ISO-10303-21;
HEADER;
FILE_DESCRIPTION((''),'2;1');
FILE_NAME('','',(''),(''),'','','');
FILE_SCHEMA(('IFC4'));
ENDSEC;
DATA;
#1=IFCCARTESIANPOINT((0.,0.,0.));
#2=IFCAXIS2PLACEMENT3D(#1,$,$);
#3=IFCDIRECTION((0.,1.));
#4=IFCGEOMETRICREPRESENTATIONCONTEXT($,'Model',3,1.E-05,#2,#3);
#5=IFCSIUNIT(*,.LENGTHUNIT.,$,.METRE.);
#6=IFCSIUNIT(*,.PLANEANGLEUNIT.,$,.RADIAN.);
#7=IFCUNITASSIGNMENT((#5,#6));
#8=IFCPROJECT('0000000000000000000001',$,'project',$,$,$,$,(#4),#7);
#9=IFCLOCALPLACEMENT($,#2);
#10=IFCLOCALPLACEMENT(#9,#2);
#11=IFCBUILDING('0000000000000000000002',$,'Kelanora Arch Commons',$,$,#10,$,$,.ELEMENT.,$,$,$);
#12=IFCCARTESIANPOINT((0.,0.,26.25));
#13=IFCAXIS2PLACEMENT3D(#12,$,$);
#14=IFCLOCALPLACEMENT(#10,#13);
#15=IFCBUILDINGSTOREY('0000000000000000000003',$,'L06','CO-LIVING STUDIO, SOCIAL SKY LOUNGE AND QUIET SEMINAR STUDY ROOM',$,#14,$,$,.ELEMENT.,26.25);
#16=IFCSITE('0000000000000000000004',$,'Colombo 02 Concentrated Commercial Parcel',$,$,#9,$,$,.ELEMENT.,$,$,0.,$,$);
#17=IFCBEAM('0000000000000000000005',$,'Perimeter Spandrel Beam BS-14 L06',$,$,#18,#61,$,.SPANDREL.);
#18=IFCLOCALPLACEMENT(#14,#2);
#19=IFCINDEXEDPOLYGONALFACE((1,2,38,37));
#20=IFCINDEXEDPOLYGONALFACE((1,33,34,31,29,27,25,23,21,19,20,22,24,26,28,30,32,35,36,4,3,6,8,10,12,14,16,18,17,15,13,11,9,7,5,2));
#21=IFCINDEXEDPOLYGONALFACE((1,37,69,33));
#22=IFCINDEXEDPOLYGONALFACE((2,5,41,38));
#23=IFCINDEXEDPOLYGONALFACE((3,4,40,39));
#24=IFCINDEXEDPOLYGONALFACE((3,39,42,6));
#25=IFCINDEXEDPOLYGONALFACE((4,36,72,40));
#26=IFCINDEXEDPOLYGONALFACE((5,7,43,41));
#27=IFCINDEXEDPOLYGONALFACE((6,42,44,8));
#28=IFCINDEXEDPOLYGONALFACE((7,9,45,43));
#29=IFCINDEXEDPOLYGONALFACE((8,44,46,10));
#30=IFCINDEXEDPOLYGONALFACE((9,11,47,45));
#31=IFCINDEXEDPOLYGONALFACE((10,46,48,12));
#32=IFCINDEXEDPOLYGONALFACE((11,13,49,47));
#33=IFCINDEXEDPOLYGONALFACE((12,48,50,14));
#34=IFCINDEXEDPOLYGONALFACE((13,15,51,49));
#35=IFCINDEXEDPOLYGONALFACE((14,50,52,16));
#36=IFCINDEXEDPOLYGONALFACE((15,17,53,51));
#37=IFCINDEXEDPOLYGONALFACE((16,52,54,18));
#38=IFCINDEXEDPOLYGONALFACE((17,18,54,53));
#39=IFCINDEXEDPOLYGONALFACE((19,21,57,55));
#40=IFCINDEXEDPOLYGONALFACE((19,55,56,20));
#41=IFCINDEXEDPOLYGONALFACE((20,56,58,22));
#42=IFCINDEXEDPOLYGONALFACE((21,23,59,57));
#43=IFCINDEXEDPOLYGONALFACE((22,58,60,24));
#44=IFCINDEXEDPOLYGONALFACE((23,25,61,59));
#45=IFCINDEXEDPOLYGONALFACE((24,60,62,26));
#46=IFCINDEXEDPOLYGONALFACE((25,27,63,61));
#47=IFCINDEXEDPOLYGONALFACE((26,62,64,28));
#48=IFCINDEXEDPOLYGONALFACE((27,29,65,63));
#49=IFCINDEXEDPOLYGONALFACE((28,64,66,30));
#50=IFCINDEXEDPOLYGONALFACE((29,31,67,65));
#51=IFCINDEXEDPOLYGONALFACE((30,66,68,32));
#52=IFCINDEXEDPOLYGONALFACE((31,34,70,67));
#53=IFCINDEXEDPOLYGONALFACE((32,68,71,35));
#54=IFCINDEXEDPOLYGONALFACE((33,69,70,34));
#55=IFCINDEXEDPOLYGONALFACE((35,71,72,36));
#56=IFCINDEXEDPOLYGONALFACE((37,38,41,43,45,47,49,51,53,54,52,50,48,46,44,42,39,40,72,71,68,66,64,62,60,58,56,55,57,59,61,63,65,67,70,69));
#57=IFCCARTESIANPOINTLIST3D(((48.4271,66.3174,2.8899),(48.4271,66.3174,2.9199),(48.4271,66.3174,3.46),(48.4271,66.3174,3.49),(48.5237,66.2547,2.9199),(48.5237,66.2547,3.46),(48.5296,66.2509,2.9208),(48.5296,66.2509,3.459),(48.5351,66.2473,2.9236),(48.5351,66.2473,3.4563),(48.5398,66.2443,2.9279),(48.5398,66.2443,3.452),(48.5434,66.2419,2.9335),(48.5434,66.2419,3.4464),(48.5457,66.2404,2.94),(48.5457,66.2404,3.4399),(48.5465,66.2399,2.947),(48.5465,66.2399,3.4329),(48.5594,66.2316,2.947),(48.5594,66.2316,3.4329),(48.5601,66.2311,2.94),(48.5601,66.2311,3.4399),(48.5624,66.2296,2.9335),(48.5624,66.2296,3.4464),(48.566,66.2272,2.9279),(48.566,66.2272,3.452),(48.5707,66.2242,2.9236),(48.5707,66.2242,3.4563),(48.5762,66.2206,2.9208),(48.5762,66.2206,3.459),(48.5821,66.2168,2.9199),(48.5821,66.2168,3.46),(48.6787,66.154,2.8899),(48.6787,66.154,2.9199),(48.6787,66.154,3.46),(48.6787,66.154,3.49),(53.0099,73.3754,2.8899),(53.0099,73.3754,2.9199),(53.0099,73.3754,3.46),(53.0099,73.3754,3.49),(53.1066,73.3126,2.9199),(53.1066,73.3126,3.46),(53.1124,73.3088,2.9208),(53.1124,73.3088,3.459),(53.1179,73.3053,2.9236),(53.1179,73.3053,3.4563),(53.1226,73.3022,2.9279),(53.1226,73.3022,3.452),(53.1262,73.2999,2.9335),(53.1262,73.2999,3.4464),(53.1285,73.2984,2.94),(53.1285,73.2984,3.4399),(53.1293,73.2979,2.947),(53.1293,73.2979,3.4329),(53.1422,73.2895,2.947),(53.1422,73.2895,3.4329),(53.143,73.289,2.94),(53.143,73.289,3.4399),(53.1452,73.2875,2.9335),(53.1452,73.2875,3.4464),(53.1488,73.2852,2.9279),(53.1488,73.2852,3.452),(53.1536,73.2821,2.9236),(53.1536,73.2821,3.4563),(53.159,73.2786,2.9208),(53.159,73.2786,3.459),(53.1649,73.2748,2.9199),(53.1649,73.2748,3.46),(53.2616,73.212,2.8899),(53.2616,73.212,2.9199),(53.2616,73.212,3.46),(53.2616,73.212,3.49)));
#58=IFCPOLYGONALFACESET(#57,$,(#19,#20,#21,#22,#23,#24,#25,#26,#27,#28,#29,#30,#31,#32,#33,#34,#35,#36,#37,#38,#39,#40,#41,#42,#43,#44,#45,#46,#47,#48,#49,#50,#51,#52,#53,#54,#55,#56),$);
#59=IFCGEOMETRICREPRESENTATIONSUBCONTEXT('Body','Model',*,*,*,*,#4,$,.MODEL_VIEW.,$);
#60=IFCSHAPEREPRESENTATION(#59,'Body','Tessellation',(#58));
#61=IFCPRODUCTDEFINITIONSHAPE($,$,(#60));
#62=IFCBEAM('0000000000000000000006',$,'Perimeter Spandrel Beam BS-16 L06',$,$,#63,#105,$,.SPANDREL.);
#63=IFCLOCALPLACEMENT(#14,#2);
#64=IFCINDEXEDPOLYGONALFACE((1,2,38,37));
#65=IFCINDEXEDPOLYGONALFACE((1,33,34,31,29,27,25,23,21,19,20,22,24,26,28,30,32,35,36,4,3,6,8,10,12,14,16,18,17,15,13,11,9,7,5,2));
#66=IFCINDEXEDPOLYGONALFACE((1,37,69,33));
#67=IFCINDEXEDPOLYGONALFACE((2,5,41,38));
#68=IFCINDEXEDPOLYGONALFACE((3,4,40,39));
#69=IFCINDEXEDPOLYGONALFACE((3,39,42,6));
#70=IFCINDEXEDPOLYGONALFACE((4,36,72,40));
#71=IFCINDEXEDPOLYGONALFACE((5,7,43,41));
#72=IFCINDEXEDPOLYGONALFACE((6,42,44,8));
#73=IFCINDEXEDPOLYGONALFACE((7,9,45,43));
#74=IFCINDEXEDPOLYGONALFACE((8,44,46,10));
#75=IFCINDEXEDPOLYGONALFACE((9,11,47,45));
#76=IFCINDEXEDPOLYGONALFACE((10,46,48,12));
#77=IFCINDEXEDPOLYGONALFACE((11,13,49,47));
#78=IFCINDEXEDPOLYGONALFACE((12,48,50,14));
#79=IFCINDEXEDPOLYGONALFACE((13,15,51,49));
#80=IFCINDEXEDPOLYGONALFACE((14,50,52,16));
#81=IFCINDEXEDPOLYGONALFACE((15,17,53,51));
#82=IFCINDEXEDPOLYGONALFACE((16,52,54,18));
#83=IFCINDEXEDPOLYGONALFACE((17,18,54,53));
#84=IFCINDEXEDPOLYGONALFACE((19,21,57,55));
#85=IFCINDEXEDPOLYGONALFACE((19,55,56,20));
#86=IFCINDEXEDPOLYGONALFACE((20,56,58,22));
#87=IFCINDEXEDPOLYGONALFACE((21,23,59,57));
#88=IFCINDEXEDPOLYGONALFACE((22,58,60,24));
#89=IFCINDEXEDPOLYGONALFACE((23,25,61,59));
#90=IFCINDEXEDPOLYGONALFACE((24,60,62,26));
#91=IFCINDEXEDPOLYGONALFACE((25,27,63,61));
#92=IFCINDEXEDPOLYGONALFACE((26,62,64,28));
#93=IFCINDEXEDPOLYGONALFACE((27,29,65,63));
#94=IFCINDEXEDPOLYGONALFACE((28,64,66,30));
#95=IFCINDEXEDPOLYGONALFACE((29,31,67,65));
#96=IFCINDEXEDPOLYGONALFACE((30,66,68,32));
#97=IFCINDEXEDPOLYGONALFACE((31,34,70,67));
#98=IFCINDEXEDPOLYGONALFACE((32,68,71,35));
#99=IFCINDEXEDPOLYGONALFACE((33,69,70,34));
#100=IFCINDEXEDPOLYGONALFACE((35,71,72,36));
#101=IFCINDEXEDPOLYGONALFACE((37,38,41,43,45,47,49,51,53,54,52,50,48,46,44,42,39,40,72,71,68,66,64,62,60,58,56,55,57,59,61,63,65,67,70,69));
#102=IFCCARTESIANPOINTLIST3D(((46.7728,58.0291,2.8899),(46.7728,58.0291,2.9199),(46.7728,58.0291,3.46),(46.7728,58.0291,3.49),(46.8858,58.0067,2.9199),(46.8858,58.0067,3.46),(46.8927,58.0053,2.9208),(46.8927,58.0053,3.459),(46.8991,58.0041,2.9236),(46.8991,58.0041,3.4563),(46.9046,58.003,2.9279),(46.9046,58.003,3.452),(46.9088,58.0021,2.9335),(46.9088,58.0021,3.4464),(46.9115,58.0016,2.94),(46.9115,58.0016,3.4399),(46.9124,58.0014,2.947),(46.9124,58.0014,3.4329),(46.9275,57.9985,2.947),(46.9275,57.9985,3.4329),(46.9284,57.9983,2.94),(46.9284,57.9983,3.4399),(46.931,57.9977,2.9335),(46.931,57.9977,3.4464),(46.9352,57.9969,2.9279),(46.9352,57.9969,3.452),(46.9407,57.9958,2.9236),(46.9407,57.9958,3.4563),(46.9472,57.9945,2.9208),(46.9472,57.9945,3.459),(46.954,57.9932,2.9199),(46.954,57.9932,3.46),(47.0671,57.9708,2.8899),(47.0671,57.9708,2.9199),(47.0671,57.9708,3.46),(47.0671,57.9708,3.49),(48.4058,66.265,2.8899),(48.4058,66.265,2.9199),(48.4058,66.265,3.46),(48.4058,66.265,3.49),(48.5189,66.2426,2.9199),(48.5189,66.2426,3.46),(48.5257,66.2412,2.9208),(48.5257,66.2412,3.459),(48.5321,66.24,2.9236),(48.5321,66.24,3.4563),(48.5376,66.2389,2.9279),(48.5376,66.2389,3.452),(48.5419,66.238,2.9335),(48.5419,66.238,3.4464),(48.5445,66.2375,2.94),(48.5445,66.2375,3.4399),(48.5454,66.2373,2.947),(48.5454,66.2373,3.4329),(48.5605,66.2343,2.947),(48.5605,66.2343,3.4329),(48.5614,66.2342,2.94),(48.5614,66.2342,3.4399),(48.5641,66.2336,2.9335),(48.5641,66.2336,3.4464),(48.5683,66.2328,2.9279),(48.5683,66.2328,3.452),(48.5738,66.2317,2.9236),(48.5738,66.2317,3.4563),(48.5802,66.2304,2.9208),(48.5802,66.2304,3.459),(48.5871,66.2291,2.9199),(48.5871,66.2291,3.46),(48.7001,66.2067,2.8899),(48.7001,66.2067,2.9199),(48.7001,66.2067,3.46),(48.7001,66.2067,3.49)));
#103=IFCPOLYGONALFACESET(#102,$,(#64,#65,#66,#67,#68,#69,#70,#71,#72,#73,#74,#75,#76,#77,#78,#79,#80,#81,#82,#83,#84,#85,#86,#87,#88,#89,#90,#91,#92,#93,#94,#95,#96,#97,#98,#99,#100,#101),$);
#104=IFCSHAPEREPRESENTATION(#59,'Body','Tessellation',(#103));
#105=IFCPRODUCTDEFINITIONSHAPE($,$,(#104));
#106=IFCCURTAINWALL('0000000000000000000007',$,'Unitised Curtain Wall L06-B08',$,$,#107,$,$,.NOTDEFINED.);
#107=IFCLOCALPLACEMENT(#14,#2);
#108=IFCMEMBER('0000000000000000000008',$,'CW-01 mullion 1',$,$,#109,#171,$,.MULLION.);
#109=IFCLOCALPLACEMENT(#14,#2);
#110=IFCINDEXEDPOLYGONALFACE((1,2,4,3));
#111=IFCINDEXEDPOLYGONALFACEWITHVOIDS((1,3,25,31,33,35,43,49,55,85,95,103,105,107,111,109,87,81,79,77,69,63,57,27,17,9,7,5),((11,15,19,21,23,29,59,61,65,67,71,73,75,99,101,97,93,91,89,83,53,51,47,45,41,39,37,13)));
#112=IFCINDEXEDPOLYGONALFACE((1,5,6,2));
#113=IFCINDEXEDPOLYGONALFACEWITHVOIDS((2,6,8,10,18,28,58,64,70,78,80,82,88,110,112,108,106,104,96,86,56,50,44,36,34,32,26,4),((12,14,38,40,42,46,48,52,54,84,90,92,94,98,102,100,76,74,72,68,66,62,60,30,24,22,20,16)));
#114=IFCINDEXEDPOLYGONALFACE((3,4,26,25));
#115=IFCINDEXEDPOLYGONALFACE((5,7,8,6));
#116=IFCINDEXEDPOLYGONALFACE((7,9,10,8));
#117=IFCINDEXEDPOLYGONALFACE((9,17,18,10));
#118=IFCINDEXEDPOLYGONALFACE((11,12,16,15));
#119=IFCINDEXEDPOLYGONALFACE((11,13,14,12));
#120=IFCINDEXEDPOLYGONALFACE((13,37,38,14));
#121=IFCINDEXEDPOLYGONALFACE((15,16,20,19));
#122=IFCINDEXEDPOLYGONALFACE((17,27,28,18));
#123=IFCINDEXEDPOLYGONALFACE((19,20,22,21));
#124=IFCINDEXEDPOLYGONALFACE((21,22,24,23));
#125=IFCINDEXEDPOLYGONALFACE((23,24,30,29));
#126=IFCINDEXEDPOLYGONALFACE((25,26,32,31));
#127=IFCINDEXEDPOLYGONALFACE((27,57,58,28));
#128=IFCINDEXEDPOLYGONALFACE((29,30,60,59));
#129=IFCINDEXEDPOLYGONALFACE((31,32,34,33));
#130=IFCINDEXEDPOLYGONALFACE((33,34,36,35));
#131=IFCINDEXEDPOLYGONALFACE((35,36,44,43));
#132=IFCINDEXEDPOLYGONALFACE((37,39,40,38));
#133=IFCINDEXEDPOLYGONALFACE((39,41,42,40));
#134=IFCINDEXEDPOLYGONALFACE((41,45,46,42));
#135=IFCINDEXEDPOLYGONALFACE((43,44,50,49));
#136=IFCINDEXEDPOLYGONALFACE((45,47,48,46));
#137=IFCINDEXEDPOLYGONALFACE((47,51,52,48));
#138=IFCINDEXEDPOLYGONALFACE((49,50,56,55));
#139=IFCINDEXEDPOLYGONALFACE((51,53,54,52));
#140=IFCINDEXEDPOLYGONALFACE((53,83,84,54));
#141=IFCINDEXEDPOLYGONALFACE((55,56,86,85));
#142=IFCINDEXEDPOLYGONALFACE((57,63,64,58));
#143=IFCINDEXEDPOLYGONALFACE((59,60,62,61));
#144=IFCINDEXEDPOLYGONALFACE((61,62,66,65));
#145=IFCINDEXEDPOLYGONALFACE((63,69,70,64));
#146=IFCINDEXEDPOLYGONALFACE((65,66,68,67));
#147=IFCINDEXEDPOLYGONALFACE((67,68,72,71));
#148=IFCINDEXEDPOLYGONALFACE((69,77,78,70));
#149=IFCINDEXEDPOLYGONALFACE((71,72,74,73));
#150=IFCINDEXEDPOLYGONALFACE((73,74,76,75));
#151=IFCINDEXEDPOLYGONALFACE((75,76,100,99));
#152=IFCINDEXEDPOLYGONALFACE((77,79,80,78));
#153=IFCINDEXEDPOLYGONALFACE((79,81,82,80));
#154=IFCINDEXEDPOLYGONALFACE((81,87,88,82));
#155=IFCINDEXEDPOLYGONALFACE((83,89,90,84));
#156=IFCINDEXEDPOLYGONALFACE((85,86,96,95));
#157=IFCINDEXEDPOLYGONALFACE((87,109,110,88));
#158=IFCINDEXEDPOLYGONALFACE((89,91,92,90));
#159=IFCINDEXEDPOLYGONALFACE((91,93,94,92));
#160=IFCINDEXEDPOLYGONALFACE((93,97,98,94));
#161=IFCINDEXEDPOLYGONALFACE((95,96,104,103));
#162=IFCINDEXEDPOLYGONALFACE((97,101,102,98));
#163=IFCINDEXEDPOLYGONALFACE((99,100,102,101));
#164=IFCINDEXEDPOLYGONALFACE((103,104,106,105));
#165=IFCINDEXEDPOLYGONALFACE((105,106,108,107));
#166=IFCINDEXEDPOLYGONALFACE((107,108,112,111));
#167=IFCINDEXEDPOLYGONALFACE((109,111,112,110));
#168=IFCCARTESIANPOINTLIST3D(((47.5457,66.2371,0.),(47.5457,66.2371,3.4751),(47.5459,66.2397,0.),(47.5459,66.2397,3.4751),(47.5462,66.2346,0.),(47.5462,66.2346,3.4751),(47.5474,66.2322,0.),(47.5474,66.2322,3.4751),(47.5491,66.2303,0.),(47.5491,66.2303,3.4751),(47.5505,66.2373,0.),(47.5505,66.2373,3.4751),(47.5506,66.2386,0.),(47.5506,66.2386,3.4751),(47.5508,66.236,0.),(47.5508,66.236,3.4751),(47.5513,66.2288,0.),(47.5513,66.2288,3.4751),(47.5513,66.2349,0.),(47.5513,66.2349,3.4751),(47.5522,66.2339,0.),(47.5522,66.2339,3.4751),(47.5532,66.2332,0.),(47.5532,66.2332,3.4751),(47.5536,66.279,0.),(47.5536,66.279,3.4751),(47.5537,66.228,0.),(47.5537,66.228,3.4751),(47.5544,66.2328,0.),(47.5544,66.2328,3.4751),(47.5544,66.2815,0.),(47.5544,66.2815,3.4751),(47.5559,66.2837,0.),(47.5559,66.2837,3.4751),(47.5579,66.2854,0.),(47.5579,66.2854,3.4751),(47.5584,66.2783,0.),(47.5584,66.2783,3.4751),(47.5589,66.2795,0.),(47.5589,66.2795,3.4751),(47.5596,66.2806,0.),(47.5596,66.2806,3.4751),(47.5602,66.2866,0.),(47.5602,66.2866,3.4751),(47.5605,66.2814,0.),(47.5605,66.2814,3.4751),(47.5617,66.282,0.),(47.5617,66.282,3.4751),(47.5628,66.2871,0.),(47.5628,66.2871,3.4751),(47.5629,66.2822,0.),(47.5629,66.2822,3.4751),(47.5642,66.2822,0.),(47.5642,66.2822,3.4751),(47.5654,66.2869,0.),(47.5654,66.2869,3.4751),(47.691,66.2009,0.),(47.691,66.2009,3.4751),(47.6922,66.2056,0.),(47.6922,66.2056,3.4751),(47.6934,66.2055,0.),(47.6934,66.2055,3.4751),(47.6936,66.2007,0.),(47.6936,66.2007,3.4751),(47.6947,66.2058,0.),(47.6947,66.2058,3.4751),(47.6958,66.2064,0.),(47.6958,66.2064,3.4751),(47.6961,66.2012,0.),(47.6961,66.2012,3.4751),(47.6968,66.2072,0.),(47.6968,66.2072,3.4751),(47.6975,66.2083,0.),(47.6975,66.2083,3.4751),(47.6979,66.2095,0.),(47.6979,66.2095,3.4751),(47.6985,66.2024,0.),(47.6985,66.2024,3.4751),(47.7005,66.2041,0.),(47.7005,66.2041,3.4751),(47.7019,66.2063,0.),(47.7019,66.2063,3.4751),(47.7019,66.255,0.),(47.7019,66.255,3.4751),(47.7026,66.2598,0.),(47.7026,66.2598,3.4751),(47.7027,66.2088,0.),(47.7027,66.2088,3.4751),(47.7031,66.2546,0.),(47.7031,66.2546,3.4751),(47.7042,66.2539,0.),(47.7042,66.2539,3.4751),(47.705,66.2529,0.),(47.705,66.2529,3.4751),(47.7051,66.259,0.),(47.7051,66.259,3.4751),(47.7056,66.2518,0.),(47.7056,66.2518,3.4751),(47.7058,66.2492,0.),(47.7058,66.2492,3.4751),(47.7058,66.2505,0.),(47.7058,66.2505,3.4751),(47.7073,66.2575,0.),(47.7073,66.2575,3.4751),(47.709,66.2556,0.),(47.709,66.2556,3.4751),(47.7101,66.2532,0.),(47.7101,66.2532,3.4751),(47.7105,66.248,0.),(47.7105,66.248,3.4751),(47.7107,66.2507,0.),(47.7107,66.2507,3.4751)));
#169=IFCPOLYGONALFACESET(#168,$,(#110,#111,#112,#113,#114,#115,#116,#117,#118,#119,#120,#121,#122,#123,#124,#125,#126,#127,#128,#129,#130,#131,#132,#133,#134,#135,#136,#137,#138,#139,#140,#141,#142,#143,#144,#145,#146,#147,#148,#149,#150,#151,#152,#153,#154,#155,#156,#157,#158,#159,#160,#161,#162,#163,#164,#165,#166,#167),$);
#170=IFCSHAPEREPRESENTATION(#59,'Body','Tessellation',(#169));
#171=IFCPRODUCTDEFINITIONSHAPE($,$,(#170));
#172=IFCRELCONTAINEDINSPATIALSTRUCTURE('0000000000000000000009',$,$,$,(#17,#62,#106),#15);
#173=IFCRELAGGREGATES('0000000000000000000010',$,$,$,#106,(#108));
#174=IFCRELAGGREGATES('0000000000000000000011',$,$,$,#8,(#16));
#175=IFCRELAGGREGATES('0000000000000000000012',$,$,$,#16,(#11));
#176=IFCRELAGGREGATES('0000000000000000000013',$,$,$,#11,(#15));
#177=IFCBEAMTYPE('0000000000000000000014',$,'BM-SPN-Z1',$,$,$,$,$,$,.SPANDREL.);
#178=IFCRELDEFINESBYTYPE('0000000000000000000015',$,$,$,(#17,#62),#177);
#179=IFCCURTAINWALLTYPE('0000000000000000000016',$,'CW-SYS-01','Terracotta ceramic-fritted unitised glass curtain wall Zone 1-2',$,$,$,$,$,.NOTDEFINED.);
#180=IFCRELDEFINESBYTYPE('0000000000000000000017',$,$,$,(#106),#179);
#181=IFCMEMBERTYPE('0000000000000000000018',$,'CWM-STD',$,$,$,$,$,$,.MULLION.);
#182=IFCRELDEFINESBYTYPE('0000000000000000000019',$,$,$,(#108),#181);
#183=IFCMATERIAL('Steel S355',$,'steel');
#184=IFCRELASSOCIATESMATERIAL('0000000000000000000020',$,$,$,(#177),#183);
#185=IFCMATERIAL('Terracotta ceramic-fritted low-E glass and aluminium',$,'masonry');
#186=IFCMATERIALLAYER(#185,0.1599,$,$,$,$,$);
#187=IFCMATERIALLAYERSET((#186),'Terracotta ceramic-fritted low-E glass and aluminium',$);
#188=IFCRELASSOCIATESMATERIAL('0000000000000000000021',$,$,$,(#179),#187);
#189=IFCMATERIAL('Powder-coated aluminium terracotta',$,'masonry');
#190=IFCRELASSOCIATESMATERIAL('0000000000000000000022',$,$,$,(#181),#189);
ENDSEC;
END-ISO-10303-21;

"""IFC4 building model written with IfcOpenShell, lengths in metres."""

from ifc_helpers import new_model, si_unit, direction, frame, origin, origin_2d, place, context, subcontext, project, spatial, hollow_rectangle, i_section, extrude, material, layer, layer_set, material_profile, profile_set, type_object, element, aggregate, save


model = new_model("IFC4")

# Units and contexts
model_context = context("Model", 3, precision=1e-05, world=origin(), true_north=direction((0.0, 1.0)))
body_context = subcontext(model_context, "Body", "Model", "MODEL_VIEW")
ifc_project = project(units=[si_unit("LENGTHUNIT", "METRE"), si_unit("PLANEANGLEUNIT", "RADIAN")], contexts=[model_context])

# Site, building, storey
site_placement = place(None, origin())
site = spatial("IfcSite", under=ifc_project, at=site_placement, Name="Colombo 02 Concentrated Commercial Parcel", CompositionType="ELEMENT", RefElevation=0.0)
building_placement = place(site_placement, origin())
building = spatial("IfcBuilding", under=site, at=building_placement, Name="Kelanora Arch Commons", CompositionType="ELEMENT")
storey_placement = place(building_placement, frame((0.0, 0.0, 26.25)))
storey = spatial("IfcBuildingStorey", under=building, at=storey_placement, Name="L06", Description="CO-LIVING STUDIO, SOCIAL SKY LOUNGE AND QUIET SEMINAR STUDY ROOM", CompositionType="ELEMENT", Elevation=26.25)

# Beams
ifc_material_1 = material(Name="Steel S355", Category="steel")
ifc_material_profile_1 = material_profile(ifc_material_1, i_section(OverallWidth=0.3, OverallDepth=0.6001, WebThickness=0.0154, FlangeThickness=0.03, FilletRadius=0.0271, at=origin_2d()), Name="HEB600")
ifc_profile_set_1 = profile_set([ifc_material_profile_1], Name="Steel S355")
beam_type_1 = type_object("IfcBeamType", Name="BM-SPN-Z1", PredefinedType="SPANDREL", material=ifc_profile_set_1)
beam_1_placement = place(storey_placement, frame((53.1357, 73.2937, 3.1899), z_axis=(-0.544583, -0.838707, 0.0), x_axis=(0.838707, -0.544583, 0.0)))
element("IfcBeam", 1, at=beam_1_placement, inside=storey, type_object=beam_type_1, Name="Perimeter Spandrel Beam BS-14 L06", PredefinedType="SPANDREL", context=body_context, shape_type="SweptSolid", body=[
    extrude(i_section(OverallWidth=0.3, OverallDepth=0.6001, WebThickness=0.0154, FlangeThickness=0.03, FilletRadius=0.0271, at=origin_2d()), origin(), (0.0, 0.0, 1.0), 8.4153),
])
beam_2_placement = place(storey_placement, frame((48.553, 66.2358, 3.1899), z_axis=(-0.1945, -0.980903, 0.0), x_axis=(0.980903, -0.1945, 0.0)))
element("IfcBeam", 2, at=beam_2_placement, inside=storey, type_object=beam_type_1, Name="Perimeter Spandrel Beam BS-16 L06", PredefinedType="SPANDREL", context=body_context, shape_type="SweptSolid", body=[
    extrude(i_section(OverallWidth=0.3, OverallDepth=0.6001, WebThickness=0.0154, FlangeThickness=0.03, FilletRadius=0.0271, at=origin_2d()), origin(), (0.0, 0.0, 1.0), 8.3962),
])

# Curtain wall, member
ifc_material_2 = material(Name="Terracotta ceramic-fritted low-E glass and aluminium", Category="masonry")
ifc_layer_1 = layer(ifc_material_2, 0.1599)
ifc_layer_set_1 = layer_set([ifc_layer_1], Name="Terracotta ceramic-fritted low-E glass and aluminium")
curtain_wall_type = type_object("IfcCurtainWallType", Name="CW-SYS-01", Description="Terracotta ceramic-fritted unitised glass curtain wall Zone 1-2", PredefinedType="NOTDEFINED", material=ifc_layer_set_1)
curtain_wall_placement = place(storey_placement, origin())
curtain_wall = element("IfcCurtainWall", 3, at=curtain_wall_placement, inside=storey, type_object=curtain_wall_type, Name="Unitised Curtain Wall L06-B08", PredefinedType="NOTDEFINED")
ifc_material_3 = material(Name="Powder-coated aluminium terracotta", Category="masonry")
ifc_material_profile_2 = material_profile(ifc_material_3, hollow_rectangle(XDim=0.1599, YDim=0.0601, WallThickness=0.0049, InnerFilletRadius=0.0049, OuterFilletRadius=0.01, at=origin_2d()), Name="CWM160x60")
ifc_profile_set_2 = profile_set([ifc_material_profile_2], Name="Powder-coated aluminium terracotta")
member_type_1 = type_object("IfcMemberType", Name="CWM-STD", PredefinedType="MULLION", material=ifc_profile_set_2)
member_1_placement = place(storey_placement, frame((47.6282, 66.2439, 0.0), z_axis=(0.0, 0.0, 1.0), x_axis=(0.981052, -0.193744, 0.0)))
member_1 = element("IfcMember", 4, at=member_1_placement, type_object=member_type_1, Name="CW-01 mullion 1", PredefinedType="MULLION", context=body_context, shape_type="SweptSolid", body=[
    extrude(hollow_rectangle(XDim=0.1599, YDim=0.0601, WallThickness=0.0049, InnerFilletRadius=0.0049, OuterFilletRadius=0.01, at=origin_2d()), origin(), (0.0, 0.0, 1.0), 3.4751),
])
aggregate(curtain_wall, [member_1])

save(model, "model.ifc")
